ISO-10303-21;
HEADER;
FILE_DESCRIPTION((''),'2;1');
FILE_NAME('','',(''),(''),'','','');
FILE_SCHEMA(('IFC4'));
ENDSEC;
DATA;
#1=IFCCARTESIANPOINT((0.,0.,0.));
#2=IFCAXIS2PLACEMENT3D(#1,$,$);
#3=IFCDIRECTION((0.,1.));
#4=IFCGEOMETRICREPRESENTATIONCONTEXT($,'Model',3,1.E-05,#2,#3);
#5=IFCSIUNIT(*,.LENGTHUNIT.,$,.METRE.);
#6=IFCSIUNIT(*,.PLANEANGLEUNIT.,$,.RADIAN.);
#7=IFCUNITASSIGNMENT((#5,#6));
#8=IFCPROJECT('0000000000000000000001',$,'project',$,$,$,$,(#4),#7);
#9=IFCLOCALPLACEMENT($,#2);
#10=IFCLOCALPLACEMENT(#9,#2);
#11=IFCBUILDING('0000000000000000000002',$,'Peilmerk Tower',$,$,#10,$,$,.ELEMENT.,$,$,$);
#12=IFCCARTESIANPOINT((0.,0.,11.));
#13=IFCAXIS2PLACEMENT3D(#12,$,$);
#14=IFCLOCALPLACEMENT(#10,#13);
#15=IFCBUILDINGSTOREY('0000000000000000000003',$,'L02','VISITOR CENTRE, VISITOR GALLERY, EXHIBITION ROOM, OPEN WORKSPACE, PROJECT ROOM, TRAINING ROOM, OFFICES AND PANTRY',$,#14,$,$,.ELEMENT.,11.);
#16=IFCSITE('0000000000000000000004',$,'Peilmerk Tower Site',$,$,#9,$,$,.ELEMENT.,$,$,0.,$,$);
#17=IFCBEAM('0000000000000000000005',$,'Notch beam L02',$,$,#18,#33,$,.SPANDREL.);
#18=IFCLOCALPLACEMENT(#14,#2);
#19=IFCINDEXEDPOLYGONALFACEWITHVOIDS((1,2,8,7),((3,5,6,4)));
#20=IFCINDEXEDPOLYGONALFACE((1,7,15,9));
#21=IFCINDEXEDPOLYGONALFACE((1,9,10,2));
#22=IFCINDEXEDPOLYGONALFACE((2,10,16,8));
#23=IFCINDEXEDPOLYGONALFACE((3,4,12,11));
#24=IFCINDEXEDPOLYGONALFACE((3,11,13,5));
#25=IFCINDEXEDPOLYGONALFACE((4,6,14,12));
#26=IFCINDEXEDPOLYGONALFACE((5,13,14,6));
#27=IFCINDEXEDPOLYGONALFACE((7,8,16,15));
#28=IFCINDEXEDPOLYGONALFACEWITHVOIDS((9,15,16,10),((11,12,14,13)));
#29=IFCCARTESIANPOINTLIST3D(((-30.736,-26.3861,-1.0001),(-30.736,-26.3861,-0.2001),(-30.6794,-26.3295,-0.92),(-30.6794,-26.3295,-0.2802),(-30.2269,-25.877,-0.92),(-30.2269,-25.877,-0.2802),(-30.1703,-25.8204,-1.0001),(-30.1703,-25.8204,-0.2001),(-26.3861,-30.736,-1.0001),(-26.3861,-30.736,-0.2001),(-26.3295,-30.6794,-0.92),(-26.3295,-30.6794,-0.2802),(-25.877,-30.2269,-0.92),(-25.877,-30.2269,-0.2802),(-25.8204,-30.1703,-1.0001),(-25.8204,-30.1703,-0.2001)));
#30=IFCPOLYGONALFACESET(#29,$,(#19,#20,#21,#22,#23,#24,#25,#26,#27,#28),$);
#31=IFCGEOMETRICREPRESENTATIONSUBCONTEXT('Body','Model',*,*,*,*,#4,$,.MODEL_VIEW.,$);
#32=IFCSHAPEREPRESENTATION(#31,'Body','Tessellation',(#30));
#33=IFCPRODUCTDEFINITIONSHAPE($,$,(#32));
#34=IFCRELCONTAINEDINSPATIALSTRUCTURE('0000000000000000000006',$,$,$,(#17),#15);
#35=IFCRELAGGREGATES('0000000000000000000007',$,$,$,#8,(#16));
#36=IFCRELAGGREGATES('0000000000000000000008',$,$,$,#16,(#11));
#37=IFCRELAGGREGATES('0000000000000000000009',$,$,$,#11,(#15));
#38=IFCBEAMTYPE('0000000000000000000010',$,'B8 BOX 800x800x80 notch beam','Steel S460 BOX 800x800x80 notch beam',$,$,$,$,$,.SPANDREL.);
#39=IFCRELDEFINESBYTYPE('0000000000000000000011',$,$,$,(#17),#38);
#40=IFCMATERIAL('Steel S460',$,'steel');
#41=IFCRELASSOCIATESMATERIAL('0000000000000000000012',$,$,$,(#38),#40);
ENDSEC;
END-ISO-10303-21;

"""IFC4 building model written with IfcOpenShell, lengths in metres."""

from ifc_helpers import new_model, si_unit, direction, frame, origin, origin_2d, place, context, subcontext, project, spatial, hollow_rectangle, extrude, material, material_profile, profile_set, type_object, element, save


model = new_model("IFC4")

# Units and contexts
model_context = context("Model", 3, precision=1e-05, world=origin(), true_north=direction((0.0, 1.0)))
body_context = subcontext(model_context, "Body", "Model", "MODEL_VIEW")
ifc_project = project(units=[si_unit("LENGTHUNIT", "METRE"), si_unit("PLANEANGLEUNIT", "RADIAN")], contexts=[model_context])

# Site, building, storey
site_placement = place(None, origin())
site = spatial("IfcSite", under=ifc_project, at=site_placement, Name="Peilmerk Tower Site", CompositionType="ELEMENT", RefElevation=0.0)
building_placement = place(site_placement, origin())
building = spatial("IfcBuilding", under=site, at=building_placement, Name="Peilmerk Tower", CompositionType="ELEMENT")
storey_placement = place(building_placement, frame((0.0, 0.0, 11.0)))
storey = spatial("IfcBuildingStorey", under=building, at=storey_placement, Name="L02", Description="VISITOR CENTRE, VISITOR GALLERY, EXHIBITION ROOM, OPEN WORKSPACE, PROJECT ROOM, TRAINING ROOM, OFFICES AND PANTRY", CompositionType="ELEMENT", Elevation=11.0)

# Beam
ifc_material_1 = material(Name="Steel S460", Category="steel")
ifc_material_profile_1 = material_profile(ifc_material_1, hollow_rectangle(XDim=0.8, YDim=0.8, WallThickness=0.0801, at=origin_2d()), Name="BOX 800x800x80")
ifc_profile_set_1 = profile_set([ifc_material_profile_1], Name="Steel S460")
beam_type_1 = type_object("IfcBeamType", Name="B8 BOX 800x800x80 notch beam", Description="Steel S460 BOX 800x800x80 notch beam", PredefinedType="SPANDREL", material=ifc_profile_set_1)
beam_1_placement = place(storey_placement, frame((-26.1033, -30.4531, -0.6001), z_axis=(-0.707107, 0.707107, 0.0), x_axis=(-0.707107, -0.707107, 0.0)))
element("IfcBeam", 1, at=beam_1_placement, inside=storey, type_object=beam_type_1, Name="Notch beam L02", PredefinedType="SPANDREL", context=body_context, shape_type="SweptSolid", body=[
    extrude(hollow_rectangle(XDim=0.8, YDim=0.8, WallThickness=0.0801, at=origin_2d()), origin(), (0.0, 0.0, 1.0), 6.1516),
])

save(model, "model.ifc")
